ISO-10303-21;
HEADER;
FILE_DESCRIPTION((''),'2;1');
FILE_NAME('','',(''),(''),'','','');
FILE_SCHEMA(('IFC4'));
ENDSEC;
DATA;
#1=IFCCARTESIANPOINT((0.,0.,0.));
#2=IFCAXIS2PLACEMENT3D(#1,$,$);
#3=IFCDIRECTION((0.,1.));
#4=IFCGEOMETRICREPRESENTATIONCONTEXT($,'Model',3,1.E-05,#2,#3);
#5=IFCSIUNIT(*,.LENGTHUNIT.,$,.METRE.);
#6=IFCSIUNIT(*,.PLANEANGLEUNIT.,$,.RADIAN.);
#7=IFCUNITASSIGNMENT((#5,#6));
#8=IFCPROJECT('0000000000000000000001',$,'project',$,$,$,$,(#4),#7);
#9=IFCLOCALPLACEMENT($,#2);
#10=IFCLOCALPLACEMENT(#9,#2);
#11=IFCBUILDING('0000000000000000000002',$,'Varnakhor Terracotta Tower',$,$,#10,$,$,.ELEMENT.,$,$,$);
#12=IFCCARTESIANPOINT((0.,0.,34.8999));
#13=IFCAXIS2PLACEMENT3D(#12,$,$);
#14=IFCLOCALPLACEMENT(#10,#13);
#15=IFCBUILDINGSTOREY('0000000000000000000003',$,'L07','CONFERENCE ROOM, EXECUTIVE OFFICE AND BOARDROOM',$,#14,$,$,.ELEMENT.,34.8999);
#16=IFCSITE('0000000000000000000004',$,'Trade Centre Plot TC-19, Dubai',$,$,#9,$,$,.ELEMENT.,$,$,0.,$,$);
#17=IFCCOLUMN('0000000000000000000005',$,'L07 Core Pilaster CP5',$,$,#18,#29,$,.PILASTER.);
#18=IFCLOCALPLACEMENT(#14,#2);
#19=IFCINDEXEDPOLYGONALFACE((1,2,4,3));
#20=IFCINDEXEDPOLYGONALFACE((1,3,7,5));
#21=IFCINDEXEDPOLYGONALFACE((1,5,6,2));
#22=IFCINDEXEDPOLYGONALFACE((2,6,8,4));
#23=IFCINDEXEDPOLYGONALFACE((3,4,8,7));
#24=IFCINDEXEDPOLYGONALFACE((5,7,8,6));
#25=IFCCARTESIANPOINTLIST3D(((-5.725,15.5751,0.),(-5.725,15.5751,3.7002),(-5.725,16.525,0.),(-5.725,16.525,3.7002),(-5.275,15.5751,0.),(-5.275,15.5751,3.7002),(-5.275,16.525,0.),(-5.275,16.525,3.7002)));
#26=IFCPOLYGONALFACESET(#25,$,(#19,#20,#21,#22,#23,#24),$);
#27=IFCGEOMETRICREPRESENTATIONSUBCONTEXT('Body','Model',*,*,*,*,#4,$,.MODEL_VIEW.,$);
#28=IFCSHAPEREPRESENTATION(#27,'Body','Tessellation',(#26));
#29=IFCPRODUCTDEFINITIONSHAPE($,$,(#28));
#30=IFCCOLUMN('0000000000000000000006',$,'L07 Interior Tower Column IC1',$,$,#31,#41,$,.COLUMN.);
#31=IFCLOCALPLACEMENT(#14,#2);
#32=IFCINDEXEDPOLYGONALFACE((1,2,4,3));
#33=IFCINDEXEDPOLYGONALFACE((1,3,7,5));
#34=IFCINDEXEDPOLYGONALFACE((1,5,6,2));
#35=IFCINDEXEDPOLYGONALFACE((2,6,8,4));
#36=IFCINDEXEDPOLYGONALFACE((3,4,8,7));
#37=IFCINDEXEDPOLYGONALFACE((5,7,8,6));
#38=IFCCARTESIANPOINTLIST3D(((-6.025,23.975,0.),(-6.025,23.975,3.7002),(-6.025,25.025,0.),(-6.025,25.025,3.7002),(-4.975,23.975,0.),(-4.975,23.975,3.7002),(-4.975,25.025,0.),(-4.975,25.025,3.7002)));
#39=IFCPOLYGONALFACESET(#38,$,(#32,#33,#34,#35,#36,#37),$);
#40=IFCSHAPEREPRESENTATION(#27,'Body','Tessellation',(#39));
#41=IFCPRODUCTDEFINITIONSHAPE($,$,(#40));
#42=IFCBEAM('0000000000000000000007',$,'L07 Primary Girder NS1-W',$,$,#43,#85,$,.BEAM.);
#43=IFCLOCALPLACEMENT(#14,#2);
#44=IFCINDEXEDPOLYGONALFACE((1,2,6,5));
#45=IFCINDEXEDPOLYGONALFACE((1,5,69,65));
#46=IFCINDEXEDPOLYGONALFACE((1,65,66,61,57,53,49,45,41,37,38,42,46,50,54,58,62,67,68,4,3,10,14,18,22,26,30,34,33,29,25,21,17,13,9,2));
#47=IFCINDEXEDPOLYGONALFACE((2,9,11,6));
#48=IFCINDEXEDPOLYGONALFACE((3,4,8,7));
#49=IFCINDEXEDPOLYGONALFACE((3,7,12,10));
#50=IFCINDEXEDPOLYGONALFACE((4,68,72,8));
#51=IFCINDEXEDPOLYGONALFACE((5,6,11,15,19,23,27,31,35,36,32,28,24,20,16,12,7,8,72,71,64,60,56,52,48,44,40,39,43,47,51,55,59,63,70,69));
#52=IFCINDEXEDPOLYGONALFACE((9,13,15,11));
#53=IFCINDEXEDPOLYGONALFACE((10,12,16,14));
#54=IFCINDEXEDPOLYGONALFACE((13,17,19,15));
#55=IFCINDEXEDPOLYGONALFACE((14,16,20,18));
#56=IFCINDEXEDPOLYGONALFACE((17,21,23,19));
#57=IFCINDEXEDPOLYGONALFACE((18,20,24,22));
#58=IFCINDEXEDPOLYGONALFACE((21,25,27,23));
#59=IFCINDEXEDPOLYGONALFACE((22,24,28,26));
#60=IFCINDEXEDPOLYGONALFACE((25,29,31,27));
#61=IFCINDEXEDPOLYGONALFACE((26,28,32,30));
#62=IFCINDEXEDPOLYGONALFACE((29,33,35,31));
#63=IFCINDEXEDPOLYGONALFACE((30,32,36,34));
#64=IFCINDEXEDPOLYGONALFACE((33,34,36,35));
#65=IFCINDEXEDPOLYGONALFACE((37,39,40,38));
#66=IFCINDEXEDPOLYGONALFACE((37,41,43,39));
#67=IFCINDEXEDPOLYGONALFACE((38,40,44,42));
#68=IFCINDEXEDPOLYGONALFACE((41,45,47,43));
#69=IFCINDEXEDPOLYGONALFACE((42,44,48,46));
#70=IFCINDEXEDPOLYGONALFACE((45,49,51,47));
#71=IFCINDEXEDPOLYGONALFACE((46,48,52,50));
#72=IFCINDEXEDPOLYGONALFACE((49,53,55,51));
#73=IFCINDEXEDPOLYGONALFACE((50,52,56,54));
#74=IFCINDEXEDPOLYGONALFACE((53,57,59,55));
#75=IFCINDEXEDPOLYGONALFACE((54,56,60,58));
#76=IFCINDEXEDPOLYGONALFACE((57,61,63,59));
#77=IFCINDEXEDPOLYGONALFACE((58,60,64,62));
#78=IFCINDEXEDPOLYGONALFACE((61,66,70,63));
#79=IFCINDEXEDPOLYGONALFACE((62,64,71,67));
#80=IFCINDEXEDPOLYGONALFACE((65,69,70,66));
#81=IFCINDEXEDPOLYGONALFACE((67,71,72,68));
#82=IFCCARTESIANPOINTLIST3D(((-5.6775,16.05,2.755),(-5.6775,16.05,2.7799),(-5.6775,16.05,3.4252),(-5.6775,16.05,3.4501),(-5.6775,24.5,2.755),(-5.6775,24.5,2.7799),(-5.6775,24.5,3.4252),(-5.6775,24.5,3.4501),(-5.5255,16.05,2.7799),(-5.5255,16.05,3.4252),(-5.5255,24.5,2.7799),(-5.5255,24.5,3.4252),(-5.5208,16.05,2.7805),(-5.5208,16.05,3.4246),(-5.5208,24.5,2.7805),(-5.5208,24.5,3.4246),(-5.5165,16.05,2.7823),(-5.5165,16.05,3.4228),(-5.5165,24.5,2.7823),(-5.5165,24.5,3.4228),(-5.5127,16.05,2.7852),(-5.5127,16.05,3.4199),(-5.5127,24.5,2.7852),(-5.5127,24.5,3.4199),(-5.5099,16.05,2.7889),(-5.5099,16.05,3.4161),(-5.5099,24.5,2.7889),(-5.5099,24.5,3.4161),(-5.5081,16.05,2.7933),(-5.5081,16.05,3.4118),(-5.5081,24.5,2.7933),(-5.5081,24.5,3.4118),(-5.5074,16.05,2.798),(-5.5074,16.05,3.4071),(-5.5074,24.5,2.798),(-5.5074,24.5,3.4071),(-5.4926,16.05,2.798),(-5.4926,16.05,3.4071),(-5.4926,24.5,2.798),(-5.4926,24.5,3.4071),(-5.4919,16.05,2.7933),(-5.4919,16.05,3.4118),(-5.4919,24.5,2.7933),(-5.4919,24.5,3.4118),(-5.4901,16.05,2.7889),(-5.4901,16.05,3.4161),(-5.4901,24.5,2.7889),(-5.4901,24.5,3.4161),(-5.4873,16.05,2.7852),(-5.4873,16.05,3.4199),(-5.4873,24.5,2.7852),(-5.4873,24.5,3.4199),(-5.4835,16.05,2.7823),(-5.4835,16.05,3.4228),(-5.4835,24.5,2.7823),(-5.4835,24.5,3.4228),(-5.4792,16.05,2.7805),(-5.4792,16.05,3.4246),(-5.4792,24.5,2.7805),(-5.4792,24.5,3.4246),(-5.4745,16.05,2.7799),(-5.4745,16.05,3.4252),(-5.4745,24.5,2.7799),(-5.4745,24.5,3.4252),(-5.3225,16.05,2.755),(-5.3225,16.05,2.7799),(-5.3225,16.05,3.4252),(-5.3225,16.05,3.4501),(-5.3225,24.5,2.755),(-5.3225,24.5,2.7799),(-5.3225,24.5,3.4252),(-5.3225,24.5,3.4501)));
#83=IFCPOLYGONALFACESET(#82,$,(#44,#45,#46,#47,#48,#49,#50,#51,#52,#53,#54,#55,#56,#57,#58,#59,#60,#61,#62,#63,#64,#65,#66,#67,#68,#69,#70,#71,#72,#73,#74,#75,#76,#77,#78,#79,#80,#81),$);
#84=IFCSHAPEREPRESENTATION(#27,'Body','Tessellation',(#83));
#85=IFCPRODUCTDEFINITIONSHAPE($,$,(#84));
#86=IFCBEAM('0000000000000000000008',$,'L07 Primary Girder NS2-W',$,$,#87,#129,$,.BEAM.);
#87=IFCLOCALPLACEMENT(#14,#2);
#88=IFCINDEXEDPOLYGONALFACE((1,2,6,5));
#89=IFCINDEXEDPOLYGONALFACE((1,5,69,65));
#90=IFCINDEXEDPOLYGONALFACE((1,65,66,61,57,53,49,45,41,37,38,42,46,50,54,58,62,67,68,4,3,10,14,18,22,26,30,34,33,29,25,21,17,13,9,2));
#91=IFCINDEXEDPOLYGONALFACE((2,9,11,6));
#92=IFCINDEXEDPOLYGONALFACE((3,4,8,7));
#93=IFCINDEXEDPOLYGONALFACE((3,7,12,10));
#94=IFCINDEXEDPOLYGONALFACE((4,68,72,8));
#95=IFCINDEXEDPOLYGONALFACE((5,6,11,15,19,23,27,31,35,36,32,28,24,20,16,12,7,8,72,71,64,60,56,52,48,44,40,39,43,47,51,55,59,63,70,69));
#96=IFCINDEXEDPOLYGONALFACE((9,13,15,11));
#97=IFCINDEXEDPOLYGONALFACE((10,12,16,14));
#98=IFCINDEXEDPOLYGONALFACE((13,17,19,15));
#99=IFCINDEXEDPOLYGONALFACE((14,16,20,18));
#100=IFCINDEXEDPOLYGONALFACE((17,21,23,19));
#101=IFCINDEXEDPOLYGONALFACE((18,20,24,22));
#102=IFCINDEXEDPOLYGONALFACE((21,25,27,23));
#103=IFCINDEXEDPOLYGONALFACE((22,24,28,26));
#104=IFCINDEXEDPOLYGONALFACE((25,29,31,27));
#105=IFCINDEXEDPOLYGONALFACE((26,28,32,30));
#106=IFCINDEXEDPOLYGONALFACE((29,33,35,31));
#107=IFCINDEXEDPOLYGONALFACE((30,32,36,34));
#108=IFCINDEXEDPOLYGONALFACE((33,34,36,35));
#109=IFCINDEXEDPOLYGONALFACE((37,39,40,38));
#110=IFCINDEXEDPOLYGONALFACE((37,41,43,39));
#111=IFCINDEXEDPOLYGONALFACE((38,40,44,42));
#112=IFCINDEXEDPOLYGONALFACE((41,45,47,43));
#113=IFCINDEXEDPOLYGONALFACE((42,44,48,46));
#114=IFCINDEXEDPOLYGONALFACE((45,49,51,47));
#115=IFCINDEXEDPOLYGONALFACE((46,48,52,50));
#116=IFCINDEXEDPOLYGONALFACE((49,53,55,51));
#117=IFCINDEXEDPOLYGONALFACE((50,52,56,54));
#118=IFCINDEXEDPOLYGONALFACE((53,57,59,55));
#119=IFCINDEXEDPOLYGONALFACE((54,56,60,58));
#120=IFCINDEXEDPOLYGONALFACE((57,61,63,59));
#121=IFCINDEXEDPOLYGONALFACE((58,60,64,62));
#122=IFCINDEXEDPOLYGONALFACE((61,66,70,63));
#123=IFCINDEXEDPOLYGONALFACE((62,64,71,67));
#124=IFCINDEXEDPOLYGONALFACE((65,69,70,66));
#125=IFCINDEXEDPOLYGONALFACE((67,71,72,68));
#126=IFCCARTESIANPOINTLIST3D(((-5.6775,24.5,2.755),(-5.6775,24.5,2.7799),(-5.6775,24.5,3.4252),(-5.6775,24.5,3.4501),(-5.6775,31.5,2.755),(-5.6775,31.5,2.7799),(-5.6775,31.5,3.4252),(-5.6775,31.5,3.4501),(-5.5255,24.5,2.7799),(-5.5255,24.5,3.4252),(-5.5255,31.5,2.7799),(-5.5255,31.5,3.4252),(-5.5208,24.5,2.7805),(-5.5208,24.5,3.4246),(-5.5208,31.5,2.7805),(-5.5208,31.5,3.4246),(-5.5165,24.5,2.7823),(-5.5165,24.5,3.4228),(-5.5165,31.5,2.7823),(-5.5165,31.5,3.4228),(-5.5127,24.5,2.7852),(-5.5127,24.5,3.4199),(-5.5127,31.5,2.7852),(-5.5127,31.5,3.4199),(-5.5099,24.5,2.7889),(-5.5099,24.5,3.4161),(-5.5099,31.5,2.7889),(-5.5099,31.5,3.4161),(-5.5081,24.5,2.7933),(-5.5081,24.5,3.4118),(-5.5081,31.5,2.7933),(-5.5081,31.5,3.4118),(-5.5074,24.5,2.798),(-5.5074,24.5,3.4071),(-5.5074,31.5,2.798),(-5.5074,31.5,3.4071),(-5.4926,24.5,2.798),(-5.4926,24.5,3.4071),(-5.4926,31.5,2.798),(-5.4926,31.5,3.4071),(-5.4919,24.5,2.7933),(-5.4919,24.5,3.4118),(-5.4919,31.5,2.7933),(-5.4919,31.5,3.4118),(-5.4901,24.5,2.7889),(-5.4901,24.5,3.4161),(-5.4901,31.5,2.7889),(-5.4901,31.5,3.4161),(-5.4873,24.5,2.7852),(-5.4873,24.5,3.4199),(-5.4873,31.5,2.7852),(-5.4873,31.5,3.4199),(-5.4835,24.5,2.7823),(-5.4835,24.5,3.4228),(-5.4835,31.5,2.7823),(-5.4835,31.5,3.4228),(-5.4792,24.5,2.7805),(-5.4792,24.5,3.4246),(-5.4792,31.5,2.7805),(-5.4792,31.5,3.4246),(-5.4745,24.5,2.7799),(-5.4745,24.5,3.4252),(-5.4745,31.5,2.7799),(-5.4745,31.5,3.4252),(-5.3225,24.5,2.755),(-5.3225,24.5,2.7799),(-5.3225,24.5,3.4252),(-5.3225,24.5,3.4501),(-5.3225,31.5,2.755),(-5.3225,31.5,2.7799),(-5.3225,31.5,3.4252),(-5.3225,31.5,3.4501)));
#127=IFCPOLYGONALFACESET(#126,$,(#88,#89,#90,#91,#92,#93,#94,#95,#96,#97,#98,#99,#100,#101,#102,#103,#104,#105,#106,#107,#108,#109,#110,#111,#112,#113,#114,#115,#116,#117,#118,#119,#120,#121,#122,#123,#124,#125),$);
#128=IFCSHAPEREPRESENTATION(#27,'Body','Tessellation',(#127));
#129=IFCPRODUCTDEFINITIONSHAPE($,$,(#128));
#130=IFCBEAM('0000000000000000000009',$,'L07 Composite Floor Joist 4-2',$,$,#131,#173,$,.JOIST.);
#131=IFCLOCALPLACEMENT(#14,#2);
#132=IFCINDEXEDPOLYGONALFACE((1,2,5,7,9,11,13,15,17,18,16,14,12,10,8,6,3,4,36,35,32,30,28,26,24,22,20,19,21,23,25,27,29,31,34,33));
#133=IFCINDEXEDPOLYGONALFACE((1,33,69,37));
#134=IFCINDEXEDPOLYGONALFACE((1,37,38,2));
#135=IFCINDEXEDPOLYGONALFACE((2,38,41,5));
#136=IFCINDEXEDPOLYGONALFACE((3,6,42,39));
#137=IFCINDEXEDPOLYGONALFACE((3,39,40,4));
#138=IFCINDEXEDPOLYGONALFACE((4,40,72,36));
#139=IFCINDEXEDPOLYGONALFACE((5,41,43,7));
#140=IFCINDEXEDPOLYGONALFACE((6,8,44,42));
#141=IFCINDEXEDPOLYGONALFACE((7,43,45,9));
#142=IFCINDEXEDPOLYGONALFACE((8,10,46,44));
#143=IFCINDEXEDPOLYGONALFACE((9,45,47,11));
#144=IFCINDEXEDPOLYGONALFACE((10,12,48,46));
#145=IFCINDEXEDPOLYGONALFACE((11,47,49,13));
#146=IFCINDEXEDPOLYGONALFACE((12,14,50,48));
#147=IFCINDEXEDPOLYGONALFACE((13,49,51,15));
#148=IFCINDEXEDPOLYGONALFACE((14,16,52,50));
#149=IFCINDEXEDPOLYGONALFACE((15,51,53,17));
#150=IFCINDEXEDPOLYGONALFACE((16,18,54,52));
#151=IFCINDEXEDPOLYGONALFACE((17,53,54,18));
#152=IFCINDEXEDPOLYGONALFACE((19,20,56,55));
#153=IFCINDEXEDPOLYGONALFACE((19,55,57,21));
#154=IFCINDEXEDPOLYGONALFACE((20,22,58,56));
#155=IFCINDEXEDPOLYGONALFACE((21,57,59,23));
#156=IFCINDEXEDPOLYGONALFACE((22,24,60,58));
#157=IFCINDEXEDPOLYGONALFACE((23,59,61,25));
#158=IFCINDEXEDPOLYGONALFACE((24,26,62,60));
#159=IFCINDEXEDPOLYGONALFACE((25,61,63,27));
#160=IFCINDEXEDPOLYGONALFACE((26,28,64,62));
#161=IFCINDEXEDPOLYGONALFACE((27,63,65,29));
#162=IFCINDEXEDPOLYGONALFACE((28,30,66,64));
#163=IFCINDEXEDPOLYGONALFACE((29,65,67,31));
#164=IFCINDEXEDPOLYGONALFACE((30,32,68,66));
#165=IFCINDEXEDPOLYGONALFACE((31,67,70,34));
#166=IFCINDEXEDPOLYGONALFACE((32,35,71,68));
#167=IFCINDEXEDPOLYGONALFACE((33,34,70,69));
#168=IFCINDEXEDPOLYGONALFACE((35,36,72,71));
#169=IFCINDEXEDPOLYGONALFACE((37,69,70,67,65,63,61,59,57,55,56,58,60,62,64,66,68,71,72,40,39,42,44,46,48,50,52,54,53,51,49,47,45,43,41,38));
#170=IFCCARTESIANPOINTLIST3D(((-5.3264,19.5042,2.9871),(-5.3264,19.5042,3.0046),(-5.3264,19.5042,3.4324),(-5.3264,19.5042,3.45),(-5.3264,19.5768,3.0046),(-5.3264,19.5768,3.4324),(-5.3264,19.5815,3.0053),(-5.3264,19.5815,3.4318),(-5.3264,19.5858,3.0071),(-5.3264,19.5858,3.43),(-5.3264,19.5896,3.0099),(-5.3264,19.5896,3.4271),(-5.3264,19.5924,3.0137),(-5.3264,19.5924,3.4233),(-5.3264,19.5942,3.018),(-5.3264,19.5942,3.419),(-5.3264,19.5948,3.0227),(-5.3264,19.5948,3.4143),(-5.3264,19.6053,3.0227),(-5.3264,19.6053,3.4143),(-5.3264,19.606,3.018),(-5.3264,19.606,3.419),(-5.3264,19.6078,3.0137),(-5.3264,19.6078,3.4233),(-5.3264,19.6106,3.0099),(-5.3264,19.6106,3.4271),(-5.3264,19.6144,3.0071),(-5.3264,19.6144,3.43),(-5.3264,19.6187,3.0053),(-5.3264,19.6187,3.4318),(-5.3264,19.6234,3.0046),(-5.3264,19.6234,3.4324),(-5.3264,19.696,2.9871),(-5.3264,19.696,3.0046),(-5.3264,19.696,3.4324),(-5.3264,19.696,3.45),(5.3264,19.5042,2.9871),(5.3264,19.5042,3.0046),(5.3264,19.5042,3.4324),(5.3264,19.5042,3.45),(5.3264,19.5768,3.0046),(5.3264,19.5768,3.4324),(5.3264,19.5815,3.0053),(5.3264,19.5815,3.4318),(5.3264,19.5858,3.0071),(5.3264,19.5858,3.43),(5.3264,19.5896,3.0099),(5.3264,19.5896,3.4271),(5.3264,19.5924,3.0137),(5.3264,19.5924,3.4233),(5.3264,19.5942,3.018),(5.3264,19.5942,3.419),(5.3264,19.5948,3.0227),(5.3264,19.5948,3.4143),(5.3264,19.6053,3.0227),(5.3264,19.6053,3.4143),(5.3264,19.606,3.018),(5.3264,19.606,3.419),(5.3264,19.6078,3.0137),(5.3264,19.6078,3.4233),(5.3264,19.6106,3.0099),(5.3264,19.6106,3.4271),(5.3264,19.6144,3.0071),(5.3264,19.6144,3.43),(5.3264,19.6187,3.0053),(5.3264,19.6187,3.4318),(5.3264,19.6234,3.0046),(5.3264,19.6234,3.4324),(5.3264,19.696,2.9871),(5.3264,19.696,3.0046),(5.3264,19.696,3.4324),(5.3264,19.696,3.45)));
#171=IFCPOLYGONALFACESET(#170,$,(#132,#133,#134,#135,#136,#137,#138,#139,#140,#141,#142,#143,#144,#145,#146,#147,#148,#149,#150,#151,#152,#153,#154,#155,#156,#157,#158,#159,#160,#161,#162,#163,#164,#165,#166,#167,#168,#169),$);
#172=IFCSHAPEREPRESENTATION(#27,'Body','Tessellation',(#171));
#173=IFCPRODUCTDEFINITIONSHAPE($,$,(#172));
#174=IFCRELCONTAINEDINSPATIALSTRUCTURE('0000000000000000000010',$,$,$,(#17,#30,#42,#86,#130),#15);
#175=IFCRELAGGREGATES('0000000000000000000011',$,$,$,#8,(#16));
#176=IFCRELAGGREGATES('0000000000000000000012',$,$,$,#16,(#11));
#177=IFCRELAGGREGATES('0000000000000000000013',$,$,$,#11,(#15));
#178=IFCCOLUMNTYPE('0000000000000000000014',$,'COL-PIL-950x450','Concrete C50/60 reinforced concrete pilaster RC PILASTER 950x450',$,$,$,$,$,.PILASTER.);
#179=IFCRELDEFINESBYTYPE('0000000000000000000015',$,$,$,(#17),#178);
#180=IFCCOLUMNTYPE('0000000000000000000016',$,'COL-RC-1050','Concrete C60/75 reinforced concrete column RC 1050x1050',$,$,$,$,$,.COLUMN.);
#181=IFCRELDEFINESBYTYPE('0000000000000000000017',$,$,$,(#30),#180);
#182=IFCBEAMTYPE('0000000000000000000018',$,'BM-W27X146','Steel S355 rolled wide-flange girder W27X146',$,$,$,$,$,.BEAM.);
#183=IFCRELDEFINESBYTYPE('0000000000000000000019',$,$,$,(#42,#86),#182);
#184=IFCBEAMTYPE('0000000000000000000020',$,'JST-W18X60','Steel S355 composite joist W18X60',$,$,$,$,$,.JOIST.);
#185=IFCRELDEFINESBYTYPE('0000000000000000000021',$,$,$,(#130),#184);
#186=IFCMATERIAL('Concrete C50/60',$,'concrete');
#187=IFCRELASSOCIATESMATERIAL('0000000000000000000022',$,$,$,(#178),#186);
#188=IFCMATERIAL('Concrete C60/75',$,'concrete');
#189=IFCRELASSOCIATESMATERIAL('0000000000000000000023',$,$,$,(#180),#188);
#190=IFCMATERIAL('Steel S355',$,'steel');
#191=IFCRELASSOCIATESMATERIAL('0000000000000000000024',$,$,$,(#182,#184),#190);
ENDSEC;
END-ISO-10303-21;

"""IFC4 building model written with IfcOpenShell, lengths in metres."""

from ifc_helpers import new_model, si_unit, direction, frame, origin, origin_2d, place, context, subcontext, project, spatial, rectangle, i_section, extrude, source, transform, mapped, material, material_profile, profile_set, type_object, type_shapes, element, save


model = new_model("IFC4")

# Units and contexts
model_context = context("Model", 3, precision=1e-05, world=origin(), true_north=direction((0.0, 1.0)))
body_context = subcontext(model_context, "Body", "Model", "MODEL_VIEW")
ifc_project = project(units=[si_unit("LENGTHUNIT", "METRE"), si_unit("PLANEANGLEUNIT", "RADIAN")], contexts=[model_context])

# Site, building, storey
site_placement = place(None, origin())
site = spatial("IfcSite", under=ifc_project, at=site_placement, Name="Trade Centre Plot TC-19, Dubai", CompositionType="ELEMENT", RefElevation=0.0)
building_placement = place(site_placement, origin())
building = spatial("IfcBuilding", under=site, at=building_placement, Name="Varnakhor Terracotta Tower", CompositionType="ELEMENT")
storey_placement = place(building_placement, frame((0.0, 0.0, 34.8999)))
storey = spatial("IfcBuildingStorey", under=building, at=storey_placement, Name="L07", Description="CONFERENCE ROOM, EXECUTIVE OFFICE AND BOARDROOM", CompositionType="ELEMENT", Elevation=34.8999)

# Columns
ifc_material_1 = material(Name="Concrete C50/60", Category="concrete")
ifc_material_profile_1 = material_profile(ifc_material_1, rectangle(XDim=0.45, YDim=0.95, at=origin_2d()), Name="RC PILASTER 950x450")
ifc_profile_set_1 = profile_set([ifc_material_profile_1], Name="Concrete C50/60")
column_type_1 = type_object("IfcColumnType", Name="COL-PIL-950x450", Description="Concrete C50/60 reinforced concrete pilaster RC PILASTER 950x450", PredefinedType="PILASTER", material=ifc_profile_set_1)
shared_shape_1 = source(origin(), body_context, "Body", "SweptSolid", [
    extrude(rectangle(XDim=0.45, YDim=0.95, at=origin_2d()), origin(), (0.0, 0.0, 1.0), 3.7002),
])
column_1_placement = place(storey_placement, frame((-5.5, 16.05, 0.0), z_axis=(0.0, 0.0, 1.0), x_axis=(1.0, 0.0, 0.0)))
element("IfcColumn", 1, at=column_1_placement, inside=storey, type_object=column_type_1, Name="L07 Core Pilaster CP5", PredefinedType="PILASTER", context=body_context, shape_type="MappedRepresentation", body=[
    mapped(shared_shape_1, transform((0.0, 0.0, 0.0), scale=1.0)),
])
ifc_material_2 = material(Name="Concrete C60/75", Category="concrete")
ifc_material_profile_2 = material_profile(ifc_material_2, rectangle(XDim=1.05, YDim=1.05, at=origin_2d()), Name="RC 1050x1050")
ifc_profile_set_2 = profile_set([ifc_material_profile_2], Name="Concrete C60/75")
column_type_2 = type_object("IfcColumnType", Name="COL-RC-1050", Description="Concrete C60/75 reinforced concrete column RC 1050x1050", PredefinedType="COLUMN", material=ifc_profile_set_2)
shared_shape_2 = source(origin(), body_context, "Body", "SweptSolid", [
    extrude(rectangle(XDim=1.05, YDim=1.05, at=origin_2d()), origin(), (0.0, 0.0, 1.0), 3.7002),
])
column_2_placement = place(storey_placement, frame((-5.5, 24.5, 0.0), z_axis=(0.0, 0.0, 1.0), x_axis=(1.0, 0.0, 0.0)))
element("IfcColumn", 2, at=column_2_placement, inside=storey, type_object=column_type_2, Name="L07 Interior Tower Column IC1", PredefinedType="COLUMN", context=body_context, shape_type="MappedRepresentation", body=[
    mapped(shared_shape_2, transform((0.0, 0.0, 0.0), scale=1.0)),
])

# Beams
ifc_material_3 = material(Name="Steel S355", Category="steel")
ifc_material_profile_3 = material_profile(ifc_material_3, i_section(OverallWidth=0.355, OverallDepth=0.6951, WebThickness=0.0149, FlangeThickness=0.0249, FilletRadius=0.0181, at=origin_2d()), Name="W27X146")
ifc_profile_set_3 = profile_set([ifc_material_profile_3], Name="Steel S355")
beam_type_1 = type_object("IfcBeamType", Name="BM-W27X146", Description="Steel S355 rolled wide-flange girder W27X146", PredefinedType="BEAM", material=ifc_profile_set_3)
shared_shape_3 = source(origin(), body_context, "Body", "SweptSolid", [
    extrude(i_section(OverallWidth=0.355, OverallDepth=0.6951, WebThickness=0.0149, FlangeThickness=0.0249, FilletRadius=0.0181, at=origin_2d()), origin(), (0.0, 0.0, 1.0), 8.45),
])
type_shapes(beam_type_1, [shared_shape_3])
beam_1_placement = place(storey_placement, frame((-5.5, 16.05, 3.1025), z_axis=(0.0, 1.0, 0.0), x_axis=(-1.0, 0.0, 0.0)))
element("IfcBeam", 3, at=beam_1_placement, inside=storey, type_object=beam_type_1, Name="L07 Primary Girder NS1-W", PredefinedType="BEAM", context=body_context, shape_type="MappedRepresentation", body=[
    mapped(shared_shape_3, transform((0.0, 0.0, 0.0), scale=1.0)),
])
shared_shape_4 = source(origin(), body_context, "Body", "SweptSolid", [
    extrude(i_section(OverallWidth=0.355, OverallDepth=0.6951, WebThickness=0.0149, FlangeThickness=0.0249, FilletRadius=0.0181, at=origin_2d()), origin(), (0.0, 0.0, 1.0), 7.0),
])
beam_2_placement = place(storey_placement, frame((-5.5, 24.5, 3.1025), z_axis=(0.0, 1.0, 0.0), x_axis=(-1.0, 0.0, 0.0)))
element("IfcBeam", 4, at=beam_2_placement, inside=storey, type_object=beam_type_1, Name="L07 Primary Girder NS2-W", PredefinedType="BEAM", context=body_context, shape_type="MappedRepresentation", body=[
    mapped(shared_shape_4, transform((0.0, 0.0, 0.0), scale=1.0)),
])
ifc_material_profile_4 = material_profile(ifc_material_3, i_section(OverallWidth=0.1919, OverallDepth=0.4629, WebThickness=0.0105, FlangeThickness=0.0176, FilletRadius=0.0181, at=origin_2d()), Name="W18X60")
ifc_profile_set_4 = profile_set([ifc_material_profile_4], Name="Steel S355")
beam_type_2 = type_object("IfcBeamType", Name="JST-W18X60", Description="Steel S355 composite joist W18X60", PredefinedType="JOIST", material=ifc_profile_set_4)
shared_shape_5 = source(origin(), body_context, "Body", "SweptSolid", [
    extrude(i_section(OverallWidth=0.1919, OverallDepth=0.4629, WebThickness=0.0105, FlangeThickness=0.0176, FilletRadius=0.0181, at=origin_2d()), origin(), (0.0, 0.0, 1.0), 10.6528),
])
for number, where, z_axis, x_axis, name in (
    (5, (-5.3264, 19.6001, 3.2185), (1.0, 0.0, 0.0), (0.0, 1.0, 0.0), "L07 Composite Floor Joist 4-2"),
):
    element("IfcBeam", number, at=place(storey_placement, frame(where, z_axis=z_axis, x_axis=x_axis)), inside=storey, type_object=beam_type_2, Name=name, PredefinedType="JOIST", context=body_context, shape_type="MappedRepresentation", body=[
        mapped(shared_shape_5, transform((0.0, 0.0, 0.0), scale=1.0)),
    ])

save(model, "model.ifc")
